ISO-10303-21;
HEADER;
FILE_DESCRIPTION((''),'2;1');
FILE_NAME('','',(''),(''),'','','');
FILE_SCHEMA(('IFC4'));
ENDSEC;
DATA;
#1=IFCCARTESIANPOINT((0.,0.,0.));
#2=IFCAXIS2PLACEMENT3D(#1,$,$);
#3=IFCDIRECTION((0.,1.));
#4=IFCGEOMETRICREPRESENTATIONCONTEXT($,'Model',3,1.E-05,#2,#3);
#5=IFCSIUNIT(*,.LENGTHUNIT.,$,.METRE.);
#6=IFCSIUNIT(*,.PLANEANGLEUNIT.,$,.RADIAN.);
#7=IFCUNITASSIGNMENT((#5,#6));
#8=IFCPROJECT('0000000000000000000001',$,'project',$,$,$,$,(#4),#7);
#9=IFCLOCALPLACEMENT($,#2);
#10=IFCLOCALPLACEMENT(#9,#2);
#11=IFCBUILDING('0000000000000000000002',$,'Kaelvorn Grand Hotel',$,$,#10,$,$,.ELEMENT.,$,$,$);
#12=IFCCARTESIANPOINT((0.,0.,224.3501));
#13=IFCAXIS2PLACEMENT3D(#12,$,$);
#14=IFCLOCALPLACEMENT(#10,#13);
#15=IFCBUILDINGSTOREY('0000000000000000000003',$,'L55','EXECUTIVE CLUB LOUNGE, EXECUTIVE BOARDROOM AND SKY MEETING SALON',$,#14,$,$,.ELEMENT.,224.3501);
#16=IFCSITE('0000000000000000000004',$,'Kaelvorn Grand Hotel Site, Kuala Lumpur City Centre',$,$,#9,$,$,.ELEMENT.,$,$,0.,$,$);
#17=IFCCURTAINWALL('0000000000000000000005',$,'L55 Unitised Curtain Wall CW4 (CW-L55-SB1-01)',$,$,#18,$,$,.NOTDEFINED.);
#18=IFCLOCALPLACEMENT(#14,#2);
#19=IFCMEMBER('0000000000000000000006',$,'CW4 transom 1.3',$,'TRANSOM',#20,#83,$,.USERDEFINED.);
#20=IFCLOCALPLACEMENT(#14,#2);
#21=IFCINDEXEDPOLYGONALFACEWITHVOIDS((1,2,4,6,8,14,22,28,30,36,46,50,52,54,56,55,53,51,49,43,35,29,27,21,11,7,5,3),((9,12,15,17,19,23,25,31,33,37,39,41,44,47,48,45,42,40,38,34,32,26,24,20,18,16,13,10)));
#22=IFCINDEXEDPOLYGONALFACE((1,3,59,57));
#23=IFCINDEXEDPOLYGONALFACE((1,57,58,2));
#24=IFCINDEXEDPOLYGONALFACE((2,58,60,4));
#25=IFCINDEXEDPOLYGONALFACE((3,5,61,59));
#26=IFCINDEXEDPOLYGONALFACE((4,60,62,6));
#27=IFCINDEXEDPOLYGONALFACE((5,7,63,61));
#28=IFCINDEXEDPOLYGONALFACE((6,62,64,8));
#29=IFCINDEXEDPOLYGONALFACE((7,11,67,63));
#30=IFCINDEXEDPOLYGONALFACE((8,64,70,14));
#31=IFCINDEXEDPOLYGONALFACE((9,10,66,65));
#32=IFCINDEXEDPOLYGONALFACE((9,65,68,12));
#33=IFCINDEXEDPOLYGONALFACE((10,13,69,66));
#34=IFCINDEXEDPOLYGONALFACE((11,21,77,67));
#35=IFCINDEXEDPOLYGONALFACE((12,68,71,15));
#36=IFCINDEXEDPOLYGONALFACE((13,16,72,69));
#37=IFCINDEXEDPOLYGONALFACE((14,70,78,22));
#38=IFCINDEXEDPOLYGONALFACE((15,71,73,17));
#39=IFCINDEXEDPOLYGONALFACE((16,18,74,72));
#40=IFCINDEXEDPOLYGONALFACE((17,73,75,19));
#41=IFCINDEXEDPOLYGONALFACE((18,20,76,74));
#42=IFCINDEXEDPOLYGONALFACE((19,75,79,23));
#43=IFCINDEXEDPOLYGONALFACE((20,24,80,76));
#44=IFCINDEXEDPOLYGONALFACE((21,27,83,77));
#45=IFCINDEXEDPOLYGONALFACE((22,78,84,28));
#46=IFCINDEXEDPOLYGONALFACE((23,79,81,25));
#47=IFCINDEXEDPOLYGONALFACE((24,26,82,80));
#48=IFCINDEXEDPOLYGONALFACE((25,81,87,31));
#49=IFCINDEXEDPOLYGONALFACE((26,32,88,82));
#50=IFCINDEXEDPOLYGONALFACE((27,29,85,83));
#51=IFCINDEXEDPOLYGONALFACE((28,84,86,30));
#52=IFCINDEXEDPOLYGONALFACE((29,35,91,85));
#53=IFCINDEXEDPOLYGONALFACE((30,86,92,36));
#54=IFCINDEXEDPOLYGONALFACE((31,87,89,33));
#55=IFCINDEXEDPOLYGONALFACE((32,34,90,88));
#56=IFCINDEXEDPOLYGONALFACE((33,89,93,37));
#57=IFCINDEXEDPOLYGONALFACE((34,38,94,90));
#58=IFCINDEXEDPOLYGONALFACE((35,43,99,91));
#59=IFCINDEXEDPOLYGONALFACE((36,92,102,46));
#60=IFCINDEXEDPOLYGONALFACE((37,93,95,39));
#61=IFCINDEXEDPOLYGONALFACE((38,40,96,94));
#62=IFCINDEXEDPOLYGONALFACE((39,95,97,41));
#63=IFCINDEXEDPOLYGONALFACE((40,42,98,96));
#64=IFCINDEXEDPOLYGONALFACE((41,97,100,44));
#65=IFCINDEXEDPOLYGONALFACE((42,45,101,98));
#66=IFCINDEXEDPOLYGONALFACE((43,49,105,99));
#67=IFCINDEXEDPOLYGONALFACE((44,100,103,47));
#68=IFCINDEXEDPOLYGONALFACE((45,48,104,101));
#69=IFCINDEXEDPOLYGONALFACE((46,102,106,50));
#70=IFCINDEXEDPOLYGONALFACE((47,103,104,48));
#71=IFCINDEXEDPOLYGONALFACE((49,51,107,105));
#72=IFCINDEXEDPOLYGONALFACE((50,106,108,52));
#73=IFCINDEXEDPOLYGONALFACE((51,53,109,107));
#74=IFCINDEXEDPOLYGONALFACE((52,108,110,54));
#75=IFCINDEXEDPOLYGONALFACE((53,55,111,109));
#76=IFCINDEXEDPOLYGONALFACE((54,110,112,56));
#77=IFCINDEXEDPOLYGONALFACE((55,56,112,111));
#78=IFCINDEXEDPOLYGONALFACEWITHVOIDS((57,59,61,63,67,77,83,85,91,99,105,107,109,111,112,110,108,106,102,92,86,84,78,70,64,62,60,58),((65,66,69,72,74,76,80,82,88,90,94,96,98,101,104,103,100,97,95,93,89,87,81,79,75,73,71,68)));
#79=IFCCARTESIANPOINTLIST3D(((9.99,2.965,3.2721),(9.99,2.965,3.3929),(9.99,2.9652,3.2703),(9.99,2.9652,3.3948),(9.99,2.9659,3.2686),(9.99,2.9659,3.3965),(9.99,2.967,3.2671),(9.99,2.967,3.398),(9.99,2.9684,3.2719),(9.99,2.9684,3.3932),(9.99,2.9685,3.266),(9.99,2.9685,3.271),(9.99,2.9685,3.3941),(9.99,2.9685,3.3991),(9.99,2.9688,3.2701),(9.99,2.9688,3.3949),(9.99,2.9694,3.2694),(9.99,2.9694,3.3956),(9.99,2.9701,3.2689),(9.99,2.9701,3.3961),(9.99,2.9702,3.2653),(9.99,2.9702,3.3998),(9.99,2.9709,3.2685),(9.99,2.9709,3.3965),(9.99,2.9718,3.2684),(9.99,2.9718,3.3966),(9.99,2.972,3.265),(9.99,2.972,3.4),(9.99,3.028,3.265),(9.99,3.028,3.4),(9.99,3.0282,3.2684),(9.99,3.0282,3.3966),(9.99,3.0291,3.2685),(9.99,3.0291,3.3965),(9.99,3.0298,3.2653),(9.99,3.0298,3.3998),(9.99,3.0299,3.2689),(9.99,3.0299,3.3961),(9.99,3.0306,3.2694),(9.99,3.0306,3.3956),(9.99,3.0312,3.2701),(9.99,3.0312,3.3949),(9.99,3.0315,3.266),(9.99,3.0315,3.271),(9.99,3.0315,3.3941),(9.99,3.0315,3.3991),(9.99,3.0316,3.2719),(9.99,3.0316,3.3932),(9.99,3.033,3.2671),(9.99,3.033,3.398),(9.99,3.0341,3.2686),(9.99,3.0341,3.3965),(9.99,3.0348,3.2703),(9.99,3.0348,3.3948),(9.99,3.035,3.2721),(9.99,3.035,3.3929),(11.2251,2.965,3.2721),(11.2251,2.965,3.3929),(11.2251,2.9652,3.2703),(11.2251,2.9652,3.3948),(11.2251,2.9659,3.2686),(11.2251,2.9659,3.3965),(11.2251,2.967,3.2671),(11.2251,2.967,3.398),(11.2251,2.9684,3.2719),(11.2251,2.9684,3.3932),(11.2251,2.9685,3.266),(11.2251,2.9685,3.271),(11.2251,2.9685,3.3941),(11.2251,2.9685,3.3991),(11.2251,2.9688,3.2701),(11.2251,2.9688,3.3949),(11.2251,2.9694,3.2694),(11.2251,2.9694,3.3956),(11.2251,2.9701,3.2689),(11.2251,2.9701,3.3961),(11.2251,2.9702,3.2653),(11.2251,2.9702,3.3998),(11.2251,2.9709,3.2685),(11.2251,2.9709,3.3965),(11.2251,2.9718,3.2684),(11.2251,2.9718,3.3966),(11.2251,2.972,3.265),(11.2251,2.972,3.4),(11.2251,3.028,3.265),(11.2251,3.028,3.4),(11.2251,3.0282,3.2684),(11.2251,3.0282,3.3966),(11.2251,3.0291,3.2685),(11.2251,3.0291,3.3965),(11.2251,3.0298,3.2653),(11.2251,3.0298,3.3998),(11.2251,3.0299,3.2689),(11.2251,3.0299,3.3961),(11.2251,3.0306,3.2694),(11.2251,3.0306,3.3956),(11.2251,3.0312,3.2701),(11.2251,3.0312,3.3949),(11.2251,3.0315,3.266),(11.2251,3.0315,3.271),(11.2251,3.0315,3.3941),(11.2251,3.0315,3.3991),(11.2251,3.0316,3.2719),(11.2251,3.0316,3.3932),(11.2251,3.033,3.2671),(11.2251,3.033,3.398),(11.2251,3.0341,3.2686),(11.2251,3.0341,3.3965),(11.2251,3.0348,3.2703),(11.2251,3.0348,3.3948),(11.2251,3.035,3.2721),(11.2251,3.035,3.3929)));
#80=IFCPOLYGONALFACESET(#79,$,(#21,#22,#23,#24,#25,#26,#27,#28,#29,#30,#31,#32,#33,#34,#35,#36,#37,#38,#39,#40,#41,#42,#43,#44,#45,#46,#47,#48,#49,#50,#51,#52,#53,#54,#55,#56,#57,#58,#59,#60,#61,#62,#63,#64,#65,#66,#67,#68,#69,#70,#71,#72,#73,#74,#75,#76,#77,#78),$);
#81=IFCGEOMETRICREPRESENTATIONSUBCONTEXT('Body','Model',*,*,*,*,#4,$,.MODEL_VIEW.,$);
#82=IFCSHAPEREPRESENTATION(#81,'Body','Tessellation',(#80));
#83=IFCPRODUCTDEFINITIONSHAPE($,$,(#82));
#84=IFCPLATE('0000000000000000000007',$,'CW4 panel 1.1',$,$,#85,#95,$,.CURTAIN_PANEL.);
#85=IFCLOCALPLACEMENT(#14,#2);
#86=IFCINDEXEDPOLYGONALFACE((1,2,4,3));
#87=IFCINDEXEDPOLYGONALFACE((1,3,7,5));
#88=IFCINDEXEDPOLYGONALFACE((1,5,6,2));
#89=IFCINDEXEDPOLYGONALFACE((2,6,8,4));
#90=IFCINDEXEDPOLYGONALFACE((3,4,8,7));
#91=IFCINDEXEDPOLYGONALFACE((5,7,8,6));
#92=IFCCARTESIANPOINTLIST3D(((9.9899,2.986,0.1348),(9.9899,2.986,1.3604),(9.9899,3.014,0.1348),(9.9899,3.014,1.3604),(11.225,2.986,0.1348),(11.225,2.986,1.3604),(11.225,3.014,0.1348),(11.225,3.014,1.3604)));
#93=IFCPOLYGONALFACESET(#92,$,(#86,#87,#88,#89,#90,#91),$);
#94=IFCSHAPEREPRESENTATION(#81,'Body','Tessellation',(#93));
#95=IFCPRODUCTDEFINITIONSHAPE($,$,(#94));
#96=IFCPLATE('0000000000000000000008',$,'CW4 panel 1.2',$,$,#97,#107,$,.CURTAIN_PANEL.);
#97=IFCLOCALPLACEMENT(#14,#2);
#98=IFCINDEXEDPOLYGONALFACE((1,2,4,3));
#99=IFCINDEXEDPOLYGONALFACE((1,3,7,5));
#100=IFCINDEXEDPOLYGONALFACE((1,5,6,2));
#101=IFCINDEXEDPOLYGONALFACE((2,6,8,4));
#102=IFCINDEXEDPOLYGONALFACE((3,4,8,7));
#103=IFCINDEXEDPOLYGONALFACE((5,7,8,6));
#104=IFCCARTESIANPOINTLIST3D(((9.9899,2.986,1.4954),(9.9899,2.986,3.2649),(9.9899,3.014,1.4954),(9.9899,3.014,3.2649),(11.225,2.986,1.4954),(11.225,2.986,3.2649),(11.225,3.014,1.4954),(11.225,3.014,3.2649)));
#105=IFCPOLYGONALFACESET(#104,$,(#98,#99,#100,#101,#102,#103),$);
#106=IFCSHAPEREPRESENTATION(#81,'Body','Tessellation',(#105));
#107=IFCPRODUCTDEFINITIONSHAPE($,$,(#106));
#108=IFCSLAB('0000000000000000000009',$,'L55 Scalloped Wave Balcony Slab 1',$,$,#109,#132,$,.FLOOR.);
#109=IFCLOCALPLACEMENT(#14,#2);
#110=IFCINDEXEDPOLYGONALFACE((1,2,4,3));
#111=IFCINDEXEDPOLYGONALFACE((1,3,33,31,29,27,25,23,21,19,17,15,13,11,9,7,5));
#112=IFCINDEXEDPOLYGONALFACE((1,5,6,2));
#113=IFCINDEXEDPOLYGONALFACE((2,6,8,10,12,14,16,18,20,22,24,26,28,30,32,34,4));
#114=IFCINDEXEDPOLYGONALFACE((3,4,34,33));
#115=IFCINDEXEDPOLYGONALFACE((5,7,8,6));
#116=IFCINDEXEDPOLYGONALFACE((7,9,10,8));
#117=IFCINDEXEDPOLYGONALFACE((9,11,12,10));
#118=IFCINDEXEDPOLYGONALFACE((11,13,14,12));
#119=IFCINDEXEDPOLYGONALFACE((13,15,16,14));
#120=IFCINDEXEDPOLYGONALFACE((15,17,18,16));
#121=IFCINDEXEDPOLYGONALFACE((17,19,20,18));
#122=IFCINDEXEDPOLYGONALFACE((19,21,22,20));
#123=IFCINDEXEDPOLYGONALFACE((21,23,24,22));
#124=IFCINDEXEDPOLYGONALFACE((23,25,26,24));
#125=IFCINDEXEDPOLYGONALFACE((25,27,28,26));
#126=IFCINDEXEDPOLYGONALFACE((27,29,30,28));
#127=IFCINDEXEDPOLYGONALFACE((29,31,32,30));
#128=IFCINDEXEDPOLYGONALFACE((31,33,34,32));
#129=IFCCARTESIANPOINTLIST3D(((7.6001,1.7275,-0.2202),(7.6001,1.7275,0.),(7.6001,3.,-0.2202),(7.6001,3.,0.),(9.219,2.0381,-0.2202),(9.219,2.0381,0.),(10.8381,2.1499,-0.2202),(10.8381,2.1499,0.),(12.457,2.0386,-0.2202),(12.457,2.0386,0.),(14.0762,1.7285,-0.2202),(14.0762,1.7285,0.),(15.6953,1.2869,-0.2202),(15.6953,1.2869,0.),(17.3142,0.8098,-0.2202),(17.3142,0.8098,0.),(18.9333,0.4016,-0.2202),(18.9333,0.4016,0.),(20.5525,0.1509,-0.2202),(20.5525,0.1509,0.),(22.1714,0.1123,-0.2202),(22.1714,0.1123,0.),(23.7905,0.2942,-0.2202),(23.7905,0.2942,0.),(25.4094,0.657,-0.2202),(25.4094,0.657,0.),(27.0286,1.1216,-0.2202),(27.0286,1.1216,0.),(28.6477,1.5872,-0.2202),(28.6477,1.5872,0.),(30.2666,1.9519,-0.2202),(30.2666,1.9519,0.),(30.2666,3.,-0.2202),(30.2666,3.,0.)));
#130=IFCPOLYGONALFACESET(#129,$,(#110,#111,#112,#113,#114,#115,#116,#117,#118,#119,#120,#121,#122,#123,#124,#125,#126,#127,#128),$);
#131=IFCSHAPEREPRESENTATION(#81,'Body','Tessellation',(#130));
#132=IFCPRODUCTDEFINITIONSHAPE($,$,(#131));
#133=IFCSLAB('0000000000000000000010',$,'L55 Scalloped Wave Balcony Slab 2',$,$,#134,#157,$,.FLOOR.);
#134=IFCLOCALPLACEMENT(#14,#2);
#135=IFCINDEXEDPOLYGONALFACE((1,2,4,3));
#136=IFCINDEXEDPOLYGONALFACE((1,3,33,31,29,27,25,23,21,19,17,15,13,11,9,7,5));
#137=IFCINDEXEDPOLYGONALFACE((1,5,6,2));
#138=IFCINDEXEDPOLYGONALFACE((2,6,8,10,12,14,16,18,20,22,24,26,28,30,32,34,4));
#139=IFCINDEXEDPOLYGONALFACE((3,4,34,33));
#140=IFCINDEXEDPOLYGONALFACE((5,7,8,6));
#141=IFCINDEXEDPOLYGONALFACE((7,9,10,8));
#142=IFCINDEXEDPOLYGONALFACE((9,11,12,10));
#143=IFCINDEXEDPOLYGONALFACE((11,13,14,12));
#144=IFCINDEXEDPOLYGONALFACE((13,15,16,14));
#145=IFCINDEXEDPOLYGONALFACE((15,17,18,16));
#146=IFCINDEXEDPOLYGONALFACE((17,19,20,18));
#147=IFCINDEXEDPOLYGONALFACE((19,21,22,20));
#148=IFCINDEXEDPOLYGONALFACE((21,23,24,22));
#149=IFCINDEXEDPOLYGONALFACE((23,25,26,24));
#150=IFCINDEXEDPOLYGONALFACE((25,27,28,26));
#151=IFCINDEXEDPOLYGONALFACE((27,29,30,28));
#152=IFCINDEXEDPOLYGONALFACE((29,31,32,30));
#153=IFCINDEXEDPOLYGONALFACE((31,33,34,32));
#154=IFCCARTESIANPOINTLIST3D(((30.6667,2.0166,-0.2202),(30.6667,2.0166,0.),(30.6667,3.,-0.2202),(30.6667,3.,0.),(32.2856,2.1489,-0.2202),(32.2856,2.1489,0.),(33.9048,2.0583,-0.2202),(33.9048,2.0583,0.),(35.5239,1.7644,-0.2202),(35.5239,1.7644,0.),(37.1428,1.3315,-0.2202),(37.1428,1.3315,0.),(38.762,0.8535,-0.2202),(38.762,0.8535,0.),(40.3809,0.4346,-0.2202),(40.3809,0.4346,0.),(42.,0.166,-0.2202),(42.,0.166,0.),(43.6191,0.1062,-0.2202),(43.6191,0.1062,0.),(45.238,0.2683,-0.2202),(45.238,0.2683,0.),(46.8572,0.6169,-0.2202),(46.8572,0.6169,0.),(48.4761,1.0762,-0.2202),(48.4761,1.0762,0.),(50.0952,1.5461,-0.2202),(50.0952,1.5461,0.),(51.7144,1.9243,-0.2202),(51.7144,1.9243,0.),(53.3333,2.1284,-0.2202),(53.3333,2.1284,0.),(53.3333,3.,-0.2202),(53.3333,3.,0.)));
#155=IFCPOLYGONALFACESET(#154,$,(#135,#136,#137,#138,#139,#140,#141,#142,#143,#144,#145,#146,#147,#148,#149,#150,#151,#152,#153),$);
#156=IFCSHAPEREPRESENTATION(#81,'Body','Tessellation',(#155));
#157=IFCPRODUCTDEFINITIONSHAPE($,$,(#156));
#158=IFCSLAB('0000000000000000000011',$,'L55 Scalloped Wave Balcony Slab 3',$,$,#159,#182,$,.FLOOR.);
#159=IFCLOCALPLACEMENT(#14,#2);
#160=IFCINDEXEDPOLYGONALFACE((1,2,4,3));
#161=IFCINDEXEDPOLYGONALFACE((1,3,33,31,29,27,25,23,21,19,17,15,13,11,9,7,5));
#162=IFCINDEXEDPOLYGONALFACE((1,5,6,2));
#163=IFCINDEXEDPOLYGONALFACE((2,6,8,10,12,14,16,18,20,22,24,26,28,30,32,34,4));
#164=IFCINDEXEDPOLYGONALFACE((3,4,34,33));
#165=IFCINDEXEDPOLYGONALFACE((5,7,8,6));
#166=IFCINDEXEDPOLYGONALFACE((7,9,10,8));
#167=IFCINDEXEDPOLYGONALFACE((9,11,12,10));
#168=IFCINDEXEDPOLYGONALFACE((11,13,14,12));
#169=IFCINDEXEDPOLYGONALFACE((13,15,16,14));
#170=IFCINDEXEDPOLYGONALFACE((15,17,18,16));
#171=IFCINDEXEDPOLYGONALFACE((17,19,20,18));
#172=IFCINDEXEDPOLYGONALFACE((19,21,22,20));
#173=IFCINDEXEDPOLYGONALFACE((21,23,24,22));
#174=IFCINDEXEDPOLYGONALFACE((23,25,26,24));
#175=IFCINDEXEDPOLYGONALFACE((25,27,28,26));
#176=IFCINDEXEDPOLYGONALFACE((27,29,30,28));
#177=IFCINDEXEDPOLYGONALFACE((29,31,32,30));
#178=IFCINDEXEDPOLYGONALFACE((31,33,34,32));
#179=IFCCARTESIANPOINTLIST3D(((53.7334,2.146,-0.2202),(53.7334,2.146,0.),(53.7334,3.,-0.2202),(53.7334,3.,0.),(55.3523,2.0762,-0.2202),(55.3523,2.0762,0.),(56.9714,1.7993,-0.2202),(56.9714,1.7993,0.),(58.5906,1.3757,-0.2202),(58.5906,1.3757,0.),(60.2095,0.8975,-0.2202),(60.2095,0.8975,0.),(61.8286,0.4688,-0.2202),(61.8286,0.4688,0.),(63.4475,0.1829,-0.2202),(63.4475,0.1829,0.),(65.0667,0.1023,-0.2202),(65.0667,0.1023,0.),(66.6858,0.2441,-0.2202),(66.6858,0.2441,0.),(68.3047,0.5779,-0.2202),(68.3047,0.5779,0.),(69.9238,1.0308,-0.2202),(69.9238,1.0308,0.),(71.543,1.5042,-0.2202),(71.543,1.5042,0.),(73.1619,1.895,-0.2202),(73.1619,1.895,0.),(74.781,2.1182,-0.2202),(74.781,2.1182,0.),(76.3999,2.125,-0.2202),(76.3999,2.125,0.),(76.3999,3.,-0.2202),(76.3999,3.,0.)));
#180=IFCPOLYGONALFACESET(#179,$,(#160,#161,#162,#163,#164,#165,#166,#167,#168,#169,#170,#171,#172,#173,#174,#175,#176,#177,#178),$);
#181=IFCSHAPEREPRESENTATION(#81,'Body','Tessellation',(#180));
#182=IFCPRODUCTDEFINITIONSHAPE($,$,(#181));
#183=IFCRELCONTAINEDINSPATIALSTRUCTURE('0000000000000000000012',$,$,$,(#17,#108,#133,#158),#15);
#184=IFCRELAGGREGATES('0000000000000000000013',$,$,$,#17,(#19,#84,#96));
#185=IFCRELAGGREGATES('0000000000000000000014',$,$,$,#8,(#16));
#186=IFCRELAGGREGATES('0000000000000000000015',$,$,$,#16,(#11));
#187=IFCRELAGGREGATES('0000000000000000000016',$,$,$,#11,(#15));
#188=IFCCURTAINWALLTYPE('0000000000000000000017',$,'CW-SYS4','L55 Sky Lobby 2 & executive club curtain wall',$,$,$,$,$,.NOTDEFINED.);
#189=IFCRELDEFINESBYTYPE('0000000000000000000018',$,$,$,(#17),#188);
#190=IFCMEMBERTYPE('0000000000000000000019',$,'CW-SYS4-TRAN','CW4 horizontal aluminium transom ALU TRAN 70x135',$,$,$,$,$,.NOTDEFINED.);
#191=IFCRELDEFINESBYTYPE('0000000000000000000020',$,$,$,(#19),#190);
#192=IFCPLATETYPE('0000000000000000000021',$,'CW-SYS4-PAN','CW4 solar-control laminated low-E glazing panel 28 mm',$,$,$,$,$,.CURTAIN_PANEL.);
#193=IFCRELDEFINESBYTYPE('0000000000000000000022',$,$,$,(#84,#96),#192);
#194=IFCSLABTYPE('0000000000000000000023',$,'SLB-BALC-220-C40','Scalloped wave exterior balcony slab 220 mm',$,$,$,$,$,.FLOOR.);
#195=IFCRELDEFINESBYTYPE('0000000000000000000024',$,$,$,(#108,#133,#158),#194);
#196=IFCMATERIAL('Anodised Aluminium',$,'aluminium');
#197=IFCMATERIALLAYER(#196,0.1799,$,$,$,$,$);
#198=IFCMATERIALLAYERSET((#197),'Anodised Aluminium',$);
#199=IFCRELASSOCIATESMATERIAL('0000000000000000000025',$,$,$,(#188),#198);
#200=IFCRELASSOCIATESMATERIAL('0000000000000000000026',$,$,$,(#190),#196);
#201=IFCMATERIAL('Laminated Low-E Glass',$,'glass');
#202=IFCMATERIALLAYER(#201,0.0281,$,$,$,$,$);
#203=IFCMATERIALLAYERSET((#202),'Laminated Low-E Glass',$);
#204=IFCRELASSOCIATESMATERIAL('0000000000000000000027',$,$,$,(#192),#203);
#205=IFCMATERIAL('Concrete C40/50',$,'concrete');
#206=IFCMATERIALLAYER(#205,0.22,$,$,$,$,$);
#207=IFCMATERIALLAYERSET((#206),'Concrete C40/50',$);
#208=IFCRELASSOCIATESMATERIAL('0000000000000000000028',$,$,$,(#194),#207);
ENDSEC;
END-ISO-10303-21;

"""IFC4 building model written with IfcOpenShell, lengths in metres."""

from ifc_helpers import new_model, si_unit, direction, frame, origin, origin_2d, place, context, subcontext, project, spatial, polyline, rectangle, hollow_rectangle, outline, extrude, material, layer, layer_set, material_profile, profile_set, type_object, element, aggregate, save


model = new_model("IFC4")

# Units and contexts
model_context = context("Model", 3, precision=1e-05, world=origin(), true_north=direction((0.0, 1.0)))
body_context = subcontext(model_context, "Body", "Model", "MODEL_VIEW")
ifc_project = project(units=[si_unit("LENGTHUNIT", "METRE"), si_unit("PLANEANGLEUNIT", "RADIAN")], contexts=[model_context])

# Site, building, storey
site_placement = place(None, origin())
site = spatial("IfcSite", under=ifc_project, at=site_placement, Name="Kaelvorn Grand Hotel Site, Kuala Lumpur City Centre", CompositionType="ELEMENT", RefElevation=0.0)
building_placement = place(site_placement, origin())
building = spatial("IfcBuilding", under=site, at=building_placement, Name="Kaelvorn Grand Hotel", CompositionType="ELEMENT")
storey_placement = place(building_placement, frame((0.0, 0.0, 224.3501)))
storey = spatial("IfcBuildingStorey", under=building, at=storey_placement, Name="L55", Description="EXECUTIVE CLUB LOUNGE, EXECUTIVE BOARDROOM AND SKY MEETING SALON", CompositionType="ELEMENT", Elevation=224.3501)

# Curtain wall, member, plates
ifc_material_1 = material(Name="Anodised Aluminium", Category="aluminium")
ifc_layer_1 = layer(ifc_material_1, 0.1799)
ifc_layer_set_1 = layer_set([ifc_layer_1], Name="Anodised Aluminium")
curtain_wall_type = type_object("IfcCurtainWallType", Name="CW-SYS4", Description="L55 Sky Lobby 2 & executive club curtain wall", PredefinedType="NOTDEFINED", material=ifc_layer_set_1)
curtain_wall_placement = place(storey_placement, origin())
curtain_wall = element("IfcCurtainWall", 1, at=curtain_wall_placement, inside=storey, type_object=curtain_wall_type, Name="L55 Unitised Curtain Wall CW4 (CW-L55-SB1-01)", PredefinedType="NOTDEFINED")
ifc_material_profile_1 = material_profile(ifc_material_1, hollow_rectangle(XDim=0.0701, YDim=0.135, WallThickness=0.0034, InnerFilletRadius=0.0034, OuterFilletRadius=0.0071, at=origin_2d()), Name="ALU TRAN 70x135")
ifc_profile_set_1 = profile_set([ifc_material_profile_1], Name="Anodised Aluminium")
member_type_1 = type_object("IfcMemberType", Name="CW-SYS4-TRAN", Description="CW4 horizontal aluminium transom ALU TRAN 70x135", PredefinedType="NOTDEFINED", material=ifc_profile_set_1)
member_1_placement = place(storey_placement, frame((9.99, 3.0, 3.3325), z_axis=(1.0, 0.0, 0.0), x_axis=(0.0, 1.0, 0.0)))
member_1 = element("IfcMember", 2, at=member_1_placement, type_object=member_type_1, Name="CW4 transom 1.3", ObjectType="TRANSOM", PredefinedType="USERDEFINED", context=body_context, shape_type="SweptSolid", body=[
    extrude(hollow_rectangle(XDim=0.0701, YDim=0.135, WallThickness=0.0034, InnerFilletRadius=0.0034, OuterFilletRadius=0.0071, at=origin_2d()), origin(), (0.0, 0.0, 1.0), 1.2351),
])
ifc_material_2 = material(Name="Laminated Low-E Glass", Category="glass")
ifc_layer_2 = layer(ifc_material_2, 0.0281)
ifc_layer_set_2 = layer_set([ifc_layer_2], Name="Laminated Low-E Glass")
plate_type = type_object("IfcPlateType", Name="CW-SYS4-PAN", Description="CW4 solar-control laminated low-E glazing panel 28 mm", PredefinedType="CURTAIN_PANEL", material=ifc_layer_set_2)
plate_1_placement = place(storey_placement, frame((10.6074, 3.0, 0.1348), z_axis=(0.0, 0.0, 1.0), x_axis=(1.0, 0.0, 0.0)))
plate_1 = element("IfcPlate", 3, at=plate_1_placement, type_object=plate_type, Name="CW4 panel 1.1", PredefinedType="CURTAIN_PANEL", context=body_context, shape_type="SweptSolid", body=[
    extrude(rectangle(XDim=1.2351, YDim=0.0281, at=origin_2d()), origin(), (0.0, 0.0, 1.0), 1.2256),
])
plate_2_placement = place(storey_placement, frame((10.6074, 3.0, 1.4954), z_axis=(0.0, 0.0, 1.0), x_axis=(1.0, 0.0, 0.0)))
plate_2 = element("IfcPlate", 4, at=plate_2_placement, type_object=plate_type, Name="CW4 panel 1.2", PredefinedType="CURTAIN_PANEL", context=body_context, shape_type="SweptSolid", body=[
    extrude(rectangle(XDim=1.2351, YDim=0.0281, at=origin_2d()), origin(), (0.0, 0.0, 1.0), 1.7695),
])
aggregate(curtain_wall, [member_1, plate_1, plate_2])

# Slabs
ifc_material_3 = material(Name="Concrete C40/50", Category="concrete")
ifc_layer_3 = layer(ifc_material_3, 0.22)
ifc_layer_set_3 = layer_set([ifc_layer_3], Name="Concrete C40/50")
slab_type_1 = type_object("IfcSlabType", Name="SLB-BALC-220-C40", Description="Scalloped wave exterior balcony slab 220 mm", PredefinedType="FLOOR", material=ifc_layer_set_3)
slab_1_placement = place(storey_placement, frame((0.0, 0.0, -0.2202)))
element("IfcSlab", 5, at=slab_1_placement, inside=storey, type_object=slab_type_1, Name="L55 Scalloped Wave Balcony Slab 1", PredefinedType="FLOOR", context=body_context, shape_type="SweptSolid", body=[
    extrude(outline(polyline([(7.6001, 1.7275), (9.219, 2.0381), (10.8381, 2.1499), (12.457, 2.0386), (14.0762, 1.7285), (15.6953, 1.2869), (17.3142, 0.8098), (18.9333, 0.4016), (20.5525, 0.1509), (22.1714, 0.1123), (23.7905, 0.2942), (25.4094, 0.657), (27.0286, 1.1216), (28.6477, 1.5872), (30.2666, 1.9519), (30.2666, 3.0), (7.6001, 3.0), (7.6001, 1.7275)])), origin(), (0.0, 0.0, 1.0), 0.2202),
])
slab_2_placement = place(storey_placement, frame((0.0, 0.0, -0.2202)))
element("IfcSlab", 6, at=slab_2_placement, inside=storey, type_object=slab_type_1, Name="L55 Scalloped Wave Balcony Slab 2", PredefinedType="FLOOR", context=body_context, shape_type="SweptSolid", body=[
    extrude(outline(polyline([(30.6667, 2.0166), (32.2856, 2.1489), (33.9048, 2.0583), (35.5239, 1.7644), (37.1428, 1.3315), (38.762, 0.8535), (40.3809, 0.4346), (42.0, 0.166), (43.6191, 0.1062), (45.238, 0.2683), (46.8572, 0.6169), (48.4761, 1.0762), (50.0952, 1.5461), (51.7144, 1.9243), (53.3333, 2.1284), (53.3333, 3.0), (30.6667, 3.0), (30.6667, 2.0166)])), origin(), (0.0, 0.0, 1.0), 0.2202),
])
slab_3_placement = place(storey_placement, frame((0.0, 0.0, -0.2202)))
element("IfcSlab", 7, at=slab_3_placement, inside=storey, type_object=slab_type_1, Name="L55 Scalloped Wave Balcony Slab 3", PredefinedType="FLOOR", context=body_context, shape_type="SweptSolid", body=[
    extrude(outline(polyline([(53.7334, 2.146), (55.3523, 2.0762), (56.9714, 1.7993), (58.5906, 1.3757), (60.2095, 0.8975), (61.8286, 0.4688), (63.4475, 0.1829), (65.0667, 0.1023), (66.6858, 0.2441), (68.3047, 0.5779), (69.9238, 1.0308), (71.543, 1.5042), (73.1619, 1.895), (74.781, 2.1182), (76.3999, 2.125), (76.3999, 3.0), (53.7334, 3.0), (53.7334, 2.146)])), origin(), (0.0, 0.0, 1.0), 0.2202),
])

save(model, "model.ifc")
